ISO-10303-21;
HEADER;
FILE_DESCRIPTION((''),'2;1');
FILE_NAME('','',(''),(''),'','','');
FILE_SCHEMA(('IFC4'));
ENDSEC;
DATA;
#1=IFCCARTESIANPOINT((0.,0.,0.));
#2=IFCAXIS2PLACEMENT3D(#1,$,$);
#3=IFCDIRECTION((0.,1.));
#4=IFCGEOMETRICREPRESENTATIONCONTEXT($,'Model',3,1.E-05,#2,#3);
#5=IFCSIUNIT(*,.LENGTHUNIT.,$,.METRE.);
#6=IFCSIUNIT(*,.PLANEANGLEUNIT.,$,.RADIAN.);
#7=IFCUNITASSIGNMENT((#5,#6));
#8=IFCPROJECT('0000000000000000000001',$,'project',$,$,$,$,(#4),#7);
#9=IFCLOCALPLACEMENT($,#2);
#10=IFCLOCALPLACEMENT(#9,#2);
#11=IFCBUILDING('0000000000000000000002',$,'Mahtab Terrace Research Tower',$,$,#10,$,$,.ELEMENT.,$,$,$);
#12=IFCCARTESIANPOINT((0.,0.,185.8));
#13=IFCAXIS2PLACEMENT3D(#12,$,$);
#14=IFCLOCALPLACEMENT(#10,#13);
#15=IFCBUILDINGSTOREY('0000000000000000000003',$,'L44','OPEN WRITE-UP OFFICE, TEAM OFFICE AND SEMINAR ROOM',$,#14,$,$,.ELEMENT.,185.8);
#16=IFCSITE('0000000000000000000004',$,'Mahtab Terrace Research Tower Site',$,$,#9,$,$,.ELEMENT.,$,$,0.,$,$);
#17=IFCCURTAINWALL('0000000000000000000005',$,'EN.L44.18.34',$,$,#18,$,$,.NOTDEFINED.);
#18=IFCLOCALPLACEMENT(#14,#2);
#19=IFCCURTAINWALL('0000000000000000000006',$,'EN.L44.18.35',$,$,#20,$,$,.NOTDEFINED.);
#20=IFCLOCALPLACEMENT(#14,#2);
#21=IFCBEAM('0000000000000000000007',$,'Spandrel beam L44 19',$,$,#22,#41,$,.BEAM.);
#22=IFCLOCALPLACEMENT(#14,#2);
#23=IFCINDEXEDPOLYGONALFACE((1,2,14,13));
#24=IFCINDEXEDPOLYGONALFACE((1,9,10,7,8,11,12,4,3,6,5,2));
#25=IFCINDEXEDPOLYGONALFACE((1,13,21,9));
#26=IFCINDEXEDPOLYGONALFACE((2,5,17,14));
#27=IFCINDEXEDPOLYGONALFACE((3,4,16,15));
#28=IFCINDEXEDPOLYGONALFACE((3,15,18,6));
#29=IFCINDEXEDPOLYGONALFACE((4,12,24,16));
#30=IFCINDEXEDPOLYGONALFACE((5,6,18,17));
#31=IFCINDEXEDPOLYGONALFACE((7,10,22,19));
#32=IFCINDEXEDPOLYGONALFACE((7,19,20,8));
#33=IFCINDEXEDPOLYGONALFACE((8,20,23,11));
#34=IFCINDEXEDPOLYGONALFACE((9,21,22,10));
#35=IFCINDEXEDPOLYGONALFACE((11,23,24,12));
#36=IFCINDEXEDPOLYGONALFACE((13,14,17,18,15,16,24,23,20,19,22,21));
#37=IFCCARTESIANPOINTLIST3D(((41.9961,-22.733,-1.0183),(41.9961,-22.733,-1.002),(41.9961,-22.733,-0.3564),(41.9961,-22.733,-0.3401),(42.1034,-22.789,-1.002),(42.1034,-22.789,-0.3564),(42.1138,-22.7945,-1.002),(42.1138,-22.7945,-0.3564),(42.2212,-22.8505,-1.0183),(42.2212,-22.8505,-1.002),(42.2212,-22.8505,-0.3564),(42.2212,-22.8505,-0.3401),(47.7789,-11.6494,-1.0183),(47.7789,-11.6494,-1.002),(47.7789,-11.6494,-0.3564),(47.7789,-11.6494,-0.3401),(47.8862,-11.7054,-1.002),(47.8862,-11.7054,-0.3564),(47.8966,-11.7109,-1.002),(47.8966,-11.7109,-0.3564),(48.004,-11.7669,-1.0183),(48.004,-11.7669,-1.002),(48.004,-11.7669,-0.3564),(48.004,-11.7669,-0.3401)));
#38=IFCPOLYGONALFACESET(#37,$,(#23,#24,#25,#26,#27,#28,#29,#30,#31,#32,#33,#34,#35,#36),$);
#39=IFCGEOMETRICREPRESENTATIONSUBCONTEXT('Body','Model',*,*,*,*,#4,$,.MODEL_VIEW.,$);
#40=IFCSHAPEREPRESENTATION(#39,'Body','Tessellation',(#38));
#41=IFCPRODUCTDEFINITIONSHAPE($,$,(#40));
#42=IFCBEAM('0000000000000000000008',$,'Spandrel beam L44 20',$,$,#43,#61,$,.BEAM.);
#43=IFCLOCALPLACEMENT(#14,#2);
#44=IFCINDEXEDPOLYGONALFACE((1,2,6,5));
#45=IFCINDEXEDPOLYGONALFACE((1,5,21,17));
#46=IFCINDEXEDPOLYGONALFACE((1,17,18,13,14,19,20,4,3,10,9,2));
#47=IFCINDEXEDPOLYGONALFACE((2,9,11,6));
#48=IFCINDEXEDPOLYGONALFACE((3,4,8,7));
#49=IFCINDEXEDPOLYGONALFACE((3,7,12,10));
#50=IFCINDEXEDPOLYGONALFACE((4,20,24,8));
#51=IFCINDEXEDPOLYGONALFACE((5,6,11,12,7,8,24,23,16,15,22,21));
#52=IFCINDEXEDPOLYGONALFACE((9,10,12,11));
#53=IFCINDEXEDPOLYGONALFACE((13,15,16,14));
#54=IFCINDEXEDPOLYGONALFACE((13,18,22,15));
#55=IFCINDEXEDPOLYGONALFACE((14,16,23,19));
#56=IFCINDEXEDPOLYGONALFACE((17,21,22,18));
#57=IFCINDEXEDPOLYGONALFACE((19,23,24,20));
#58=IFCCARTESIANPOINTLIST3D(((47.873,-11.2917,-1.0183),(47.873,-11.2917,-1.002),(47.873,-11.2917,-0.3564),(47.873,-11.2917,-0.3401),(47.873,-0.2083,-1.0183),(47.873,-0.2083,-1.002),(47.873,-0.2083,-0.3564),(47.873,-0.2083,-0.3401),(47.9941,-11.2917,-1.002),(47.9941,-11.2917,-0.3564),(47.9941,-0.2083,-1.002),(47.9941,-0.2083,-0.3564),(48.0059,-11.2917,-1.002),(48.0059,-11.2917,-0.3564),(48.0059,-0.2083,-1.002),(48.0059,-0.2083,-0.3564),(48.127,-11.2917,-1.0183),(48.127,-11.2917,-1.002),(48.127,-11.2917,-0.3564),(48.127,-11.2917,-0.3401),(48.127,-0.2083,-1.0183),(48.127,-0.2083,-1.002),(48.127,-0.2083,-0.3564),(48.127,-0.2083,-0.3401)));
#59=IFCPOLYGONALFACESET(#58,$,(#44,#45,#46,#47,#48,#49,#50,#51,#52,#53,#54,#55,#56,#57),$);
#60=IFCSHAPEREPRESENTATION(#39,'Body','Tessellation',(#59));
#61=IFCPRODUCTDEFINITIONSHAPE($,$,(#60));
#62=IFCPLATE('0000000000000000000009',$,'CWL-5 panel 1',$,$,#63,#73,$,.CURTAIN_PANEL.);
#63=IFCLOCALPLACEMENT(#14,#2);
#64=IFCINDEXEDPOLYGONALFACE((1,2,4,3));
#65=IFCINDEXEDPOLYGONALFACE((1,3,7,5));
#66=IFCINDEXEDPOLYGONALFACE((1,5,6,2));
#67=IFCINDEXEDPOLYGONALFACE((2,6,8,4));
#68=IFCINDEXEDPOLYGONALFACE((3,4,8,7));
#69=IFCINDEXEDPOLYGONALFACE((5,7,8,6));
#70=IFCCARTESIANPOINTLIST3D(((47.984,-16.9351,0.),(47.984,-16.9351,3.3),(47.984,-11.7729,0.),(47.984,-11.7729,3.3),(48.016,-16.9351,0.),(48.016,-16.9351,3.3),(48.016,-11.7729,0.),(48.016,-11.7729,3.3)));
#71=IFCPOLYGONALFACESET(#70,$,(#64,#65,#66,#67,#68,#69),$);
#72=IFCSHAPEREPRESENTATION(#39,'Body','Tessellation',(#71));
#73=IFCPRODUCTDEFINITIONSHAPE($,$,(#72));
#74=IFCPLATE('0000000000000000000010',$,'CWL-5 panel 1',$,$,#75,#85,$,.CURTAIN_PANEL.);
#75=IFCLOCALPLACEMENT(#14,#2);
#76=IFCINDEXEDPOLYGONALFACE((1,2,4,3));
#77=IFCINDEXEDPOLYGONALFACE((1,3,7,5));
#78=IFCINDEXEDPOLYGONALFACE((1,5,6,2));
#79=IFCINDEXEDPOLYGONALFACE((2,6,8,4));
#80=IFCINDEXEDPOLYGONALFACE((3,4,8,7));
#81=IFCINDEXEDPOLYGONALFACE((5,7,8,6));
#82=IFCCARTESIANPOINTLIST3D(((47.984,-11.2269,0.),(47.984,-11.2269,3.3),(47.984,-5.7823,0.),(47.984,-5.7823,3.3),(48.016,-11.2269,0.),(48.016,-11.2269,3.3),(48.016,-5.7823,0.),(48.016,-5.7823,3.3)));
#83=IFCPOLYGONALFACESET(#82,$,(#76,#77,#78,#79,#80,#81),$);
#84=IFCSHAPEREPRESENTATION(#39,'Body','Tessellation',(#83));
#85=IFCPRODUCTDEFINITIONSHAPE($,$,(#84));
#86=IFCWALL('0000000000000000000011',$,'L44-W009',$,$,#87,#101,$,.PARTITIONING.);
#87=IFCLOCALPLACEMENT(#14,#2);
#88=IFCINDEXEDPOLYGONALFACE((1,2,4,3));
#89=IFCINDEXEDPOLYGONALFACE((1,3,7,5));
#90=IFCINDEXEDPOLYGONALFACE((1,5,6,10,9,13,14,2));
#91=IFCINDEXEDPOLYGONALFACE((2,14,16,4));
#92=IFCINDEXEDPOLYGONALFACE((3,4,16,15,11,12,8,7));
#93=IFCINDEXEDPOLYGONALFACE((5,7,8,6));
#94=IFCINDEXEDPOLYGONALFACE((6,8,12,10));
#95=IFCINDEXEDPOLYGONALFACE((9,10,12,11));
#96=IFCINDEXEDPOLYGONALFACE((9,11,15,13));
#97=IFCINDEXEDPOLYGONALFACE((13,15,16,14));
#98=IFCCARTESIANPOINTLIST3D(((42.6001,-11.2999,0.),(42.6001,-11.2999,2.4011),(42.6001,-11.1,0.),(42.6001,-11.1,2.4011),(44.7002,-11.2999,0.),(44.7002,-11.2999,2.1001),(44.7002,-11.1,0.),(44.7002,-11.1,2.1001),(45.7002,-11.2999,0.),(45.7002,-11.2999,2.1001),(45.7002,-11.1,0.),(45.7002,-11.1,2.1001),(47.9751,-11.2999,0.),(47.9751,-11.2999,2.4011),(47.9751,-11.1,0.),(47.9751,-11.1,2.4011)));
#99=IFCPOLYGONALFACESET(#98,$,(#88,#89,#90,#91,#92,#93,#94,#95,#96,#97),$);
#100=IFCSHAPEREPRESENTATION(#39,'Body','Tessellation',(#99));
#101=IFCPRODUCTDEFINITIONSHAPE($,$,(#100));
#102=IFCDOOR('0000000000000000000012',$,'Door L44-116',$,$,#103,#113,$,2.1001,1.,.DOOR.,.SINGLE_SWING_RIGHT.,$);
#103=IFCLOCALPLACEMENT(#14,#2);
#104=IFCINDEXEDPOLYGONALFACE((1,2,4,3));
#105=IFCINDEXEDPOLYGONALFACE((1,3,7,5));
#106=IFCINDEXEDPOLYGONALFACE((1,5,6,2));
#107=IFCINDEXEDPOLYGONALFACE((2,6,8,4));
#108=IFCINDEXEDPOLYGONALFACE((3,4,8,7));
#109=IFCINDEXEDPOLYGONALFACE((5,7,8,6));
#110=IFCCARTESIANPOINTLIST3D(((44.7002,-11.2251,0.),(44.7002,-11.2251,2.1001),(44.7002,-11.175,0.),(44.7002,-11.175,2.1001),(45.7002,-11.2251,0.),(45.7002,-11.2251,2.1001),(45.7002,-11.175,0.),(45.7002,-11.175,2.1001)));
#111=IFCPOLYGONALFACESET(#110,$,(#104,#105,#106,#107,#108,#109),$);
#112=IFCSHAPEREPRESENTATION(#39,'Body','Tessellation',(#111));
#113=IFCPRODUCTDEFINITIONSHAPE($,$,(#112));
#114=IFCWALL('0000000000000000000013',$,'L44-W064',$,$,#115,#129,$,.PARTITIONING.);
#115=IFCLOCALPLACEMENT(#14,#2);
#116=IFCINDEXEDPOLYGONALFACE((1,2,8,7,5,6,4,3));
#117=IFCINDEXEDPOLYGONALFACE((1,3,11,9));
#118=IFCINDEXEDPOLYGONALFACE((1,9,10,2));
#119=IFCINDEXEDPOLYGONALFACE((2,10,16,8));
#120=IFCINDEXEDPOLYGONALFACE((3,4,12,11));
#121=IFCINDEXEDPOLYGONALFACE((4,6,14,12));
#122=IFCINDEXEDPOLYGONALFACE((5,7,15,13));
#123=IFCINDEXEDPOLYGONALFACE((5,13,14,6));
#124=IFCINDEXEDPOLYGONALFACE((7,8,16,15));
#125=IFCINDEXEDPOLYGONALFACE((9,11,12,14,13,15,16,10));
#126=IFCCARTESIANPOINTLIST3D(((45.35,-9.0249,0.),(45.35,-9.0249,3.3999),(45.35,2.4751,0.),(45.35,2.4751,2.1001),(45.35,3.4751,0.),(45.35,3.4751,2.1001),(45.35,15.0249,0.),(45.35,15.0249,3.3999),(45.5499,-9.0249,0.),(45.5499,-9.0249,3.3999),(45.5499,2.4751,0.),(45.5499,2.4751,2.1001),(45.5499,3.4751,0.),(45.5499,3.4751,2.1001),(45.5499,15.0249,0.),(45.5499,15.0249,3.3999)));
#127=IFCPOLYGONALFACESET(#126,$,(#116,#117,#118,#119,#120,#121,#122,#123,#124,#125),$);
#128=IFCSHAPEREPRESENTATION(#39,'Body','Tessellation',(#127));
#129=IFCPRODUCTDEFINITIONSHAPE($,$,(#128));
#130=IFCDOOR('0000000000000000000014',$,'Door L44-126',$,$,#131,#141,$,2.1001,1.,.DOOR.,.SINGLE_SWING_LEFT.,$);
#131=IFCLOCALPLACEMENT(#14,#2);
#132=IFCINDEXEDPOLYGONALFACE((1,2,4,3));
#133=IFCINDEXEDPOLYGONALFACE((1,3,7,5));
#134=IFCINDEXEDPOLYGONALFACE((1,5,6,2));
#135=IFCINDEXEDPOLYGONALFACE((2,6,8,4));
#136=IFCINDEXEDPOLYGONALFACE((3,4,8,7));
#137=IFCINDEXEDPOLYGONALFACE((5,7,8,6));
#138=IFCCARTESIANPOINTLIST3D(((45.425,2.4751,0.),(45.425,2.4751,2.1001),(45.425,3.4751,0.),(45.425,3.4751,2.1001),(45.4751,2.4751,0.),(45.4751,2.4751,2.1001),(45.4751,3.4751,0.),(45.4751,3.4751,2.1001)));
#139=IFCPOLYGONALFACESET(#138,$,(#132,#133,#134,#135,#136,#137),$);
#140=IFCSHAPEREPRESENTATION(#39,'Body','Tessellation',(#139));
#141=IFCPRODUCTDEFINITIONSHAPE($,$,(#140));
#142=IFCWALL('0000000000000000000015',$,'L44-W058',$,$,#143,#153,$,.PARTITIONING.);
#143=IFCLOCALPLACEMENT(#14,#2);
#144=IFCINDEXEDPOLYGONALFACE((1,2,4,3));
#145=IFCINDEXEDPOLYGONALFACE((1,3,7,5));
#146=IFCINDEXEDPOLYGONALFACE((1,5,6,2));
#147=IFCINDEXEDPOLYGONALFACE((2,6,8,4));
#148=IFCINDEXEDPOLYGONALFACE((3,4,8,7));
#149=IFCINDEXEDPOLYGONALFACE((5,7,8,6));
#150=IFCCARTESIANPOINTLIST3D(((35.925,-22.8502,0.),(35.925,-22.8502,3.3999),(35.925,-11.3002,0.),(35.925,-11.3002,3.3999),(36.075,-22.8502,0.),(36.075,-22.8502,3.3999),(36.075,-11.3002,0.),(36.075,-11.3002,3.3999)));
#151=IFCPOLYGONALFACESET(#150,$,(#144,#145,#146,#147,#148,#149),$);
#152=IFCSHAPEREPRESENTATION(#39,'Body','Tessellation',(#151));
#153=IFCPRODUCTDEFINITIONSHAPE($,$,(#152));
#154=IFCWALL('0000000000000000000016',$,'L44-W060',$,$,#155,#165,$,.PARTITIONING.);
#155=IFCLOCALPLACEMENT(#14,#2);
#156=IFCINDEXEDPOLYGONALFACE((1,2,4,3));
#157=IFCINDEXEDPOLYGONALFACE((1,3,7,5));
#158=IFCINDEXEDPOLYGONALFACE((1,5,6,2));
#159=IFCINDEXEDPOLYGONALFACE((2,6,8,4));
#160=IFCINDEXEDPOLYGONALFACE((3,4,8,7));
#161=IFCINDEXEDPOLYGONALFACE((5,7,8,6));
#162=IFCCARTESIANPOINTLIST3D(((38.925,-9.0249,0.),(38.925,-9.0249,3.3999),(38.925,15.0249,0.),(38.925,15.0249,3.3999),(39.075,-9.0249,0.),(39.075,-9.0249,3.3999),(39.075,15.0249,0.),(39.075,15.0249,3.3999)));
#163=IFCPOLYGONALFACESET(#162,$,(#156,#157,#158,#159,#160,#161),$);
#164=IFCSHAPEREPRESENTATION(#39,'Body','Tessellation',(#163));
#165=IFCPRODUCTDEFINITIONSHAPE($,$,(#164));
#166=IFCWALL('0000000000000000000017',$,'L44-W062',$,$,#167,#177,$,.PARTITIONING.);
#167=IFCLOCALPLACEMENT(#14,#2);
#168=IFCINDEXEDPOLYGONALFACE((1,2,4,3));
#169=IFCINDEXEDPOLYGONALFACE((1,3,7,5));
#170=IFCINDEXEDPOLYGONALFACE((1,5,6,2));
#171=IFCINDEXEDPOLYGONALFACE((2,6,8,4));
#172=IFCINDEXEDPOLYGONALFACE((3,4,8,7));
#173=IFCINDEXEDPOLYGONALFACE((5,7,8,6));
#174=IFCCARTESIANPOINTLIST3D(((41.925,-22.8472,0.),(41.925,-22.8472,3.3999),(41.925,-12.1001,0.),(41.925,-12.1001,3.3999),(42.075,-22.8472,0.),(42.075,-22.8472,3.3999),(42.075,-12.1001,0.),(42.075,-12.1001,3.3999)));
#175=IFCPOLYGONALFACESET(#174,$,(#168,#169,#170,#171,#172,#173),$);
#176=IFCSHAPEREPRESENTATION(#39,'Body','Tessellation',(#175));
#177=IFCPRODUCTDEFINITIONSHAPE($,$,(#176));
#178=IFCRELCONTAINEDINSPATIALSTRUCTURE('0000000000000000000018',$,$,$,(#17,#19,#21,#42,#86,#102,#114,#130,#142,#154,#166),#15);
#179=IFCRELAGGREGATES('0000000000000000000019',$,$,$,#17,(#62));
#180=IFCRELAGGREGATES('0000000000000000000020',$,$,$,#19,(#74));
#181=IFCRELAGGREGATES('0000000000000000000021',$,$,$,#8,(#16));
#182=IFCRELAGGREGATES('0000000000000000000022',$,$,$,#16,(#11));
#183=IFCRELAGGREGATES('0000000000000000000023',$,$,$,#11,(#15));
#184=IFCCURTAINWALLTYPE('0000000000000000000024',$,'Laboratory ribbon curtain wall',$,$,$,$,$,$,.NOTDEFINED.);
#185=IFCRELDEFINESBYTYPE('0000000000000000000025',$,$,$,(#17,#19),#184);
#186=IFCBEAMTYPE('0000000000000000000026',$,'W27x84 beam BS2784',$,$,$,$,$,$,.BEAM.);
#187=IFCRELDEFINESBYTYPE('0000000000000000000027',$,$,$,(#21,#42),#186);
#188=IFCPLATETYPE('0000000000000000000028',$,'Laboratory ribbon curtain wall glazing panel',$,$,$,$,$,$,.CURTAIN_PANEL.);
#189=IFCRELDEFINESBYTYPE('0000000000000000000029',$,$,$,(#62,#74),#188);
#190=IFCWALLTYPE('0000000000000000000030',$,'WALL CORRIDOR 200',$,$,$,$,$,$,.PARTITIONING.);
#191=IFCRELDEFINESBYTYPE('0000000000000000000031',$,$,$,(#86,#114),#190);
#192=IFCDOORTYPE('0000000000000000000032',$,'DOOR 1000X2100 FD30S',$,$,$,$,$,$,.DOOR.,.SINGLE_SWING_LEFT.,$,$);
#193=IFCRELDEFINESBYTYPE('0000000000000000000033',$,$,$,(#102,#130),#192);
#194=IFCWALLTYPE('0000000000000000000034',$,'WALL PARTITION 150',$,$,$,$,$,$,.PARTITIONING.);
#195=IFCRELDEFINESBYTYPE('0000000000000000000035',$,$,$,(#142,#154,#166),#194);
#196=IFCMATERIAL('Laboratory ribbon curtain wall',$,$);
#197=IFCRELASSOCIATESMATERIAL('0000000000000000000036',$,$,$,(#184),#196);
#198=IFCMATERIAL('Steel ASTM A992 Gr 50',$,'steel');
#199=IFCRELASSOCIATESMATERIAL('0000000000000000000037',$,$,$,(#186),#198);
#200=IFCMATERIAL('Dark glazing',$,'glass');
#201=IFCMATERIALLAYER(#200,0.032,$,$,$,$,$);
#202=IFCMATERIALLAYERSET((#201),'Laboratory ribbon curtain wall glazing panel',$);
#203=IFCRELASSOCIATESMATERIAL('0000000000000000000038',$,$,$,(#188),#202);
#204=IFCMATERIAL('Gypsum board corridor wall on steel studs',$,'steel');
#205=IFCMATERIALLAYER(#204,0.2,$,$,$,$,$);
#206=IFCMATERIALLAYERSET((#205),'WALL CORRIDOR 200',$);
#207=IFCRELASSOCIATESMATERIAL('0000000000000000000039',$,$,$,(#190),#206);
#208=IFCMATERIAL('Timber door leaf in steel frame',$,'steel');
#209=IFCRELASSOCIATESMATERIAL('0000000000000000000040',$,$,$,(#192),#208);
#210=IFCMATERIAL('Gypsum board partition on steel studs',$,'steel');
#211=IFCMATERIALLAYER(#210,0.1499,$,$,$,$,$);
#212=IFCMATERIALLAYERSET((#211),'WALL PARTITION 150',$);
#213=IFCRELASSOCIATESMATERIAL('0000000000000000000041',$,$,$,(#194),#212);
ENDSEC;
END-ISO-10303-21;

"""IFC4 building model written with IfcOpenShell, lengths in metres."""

from ifc_helpers import new_model, si_unit, direction, frame, frame_2d, origin, origin_2d, place, context, subcontext, project, spatial, rectangle, i_section, extrude, material, layer, layer_set, material_profile, profile_set, type_object, element, fill, aggregate, save


model = new_model("IFC4")

# Units and contexts
model_context = context("Model", 3, precision=1e-05, world=origin(), true_north=direction((0.0, 1.0)))
body_context = subcontext(model_context, "Body", "Model", "MODEL_VIEW")
ifc_project = project(units=[si_unit("LENGTHUNIT", "METRE"), si_unit("PLANEANGLEUNIT", "RADIAN")], contexts=[model_context])

# Site, building, storey
site_placement = place(None, origin())
site = spatial("IfcSite", under=ifc_project, at=site_placement, Name="Mahtab Terrace Research Tower Site", CompositionType="ELEMENT", RefElevation=0.0)
building_placement = place(site_placement, origin())
building = spatial("IfcBuilding", under=site, at=building_placement, Name="Mahtab Terrace Research Tower", CompositionType="ELEMENT")
storey_placement = place(building_placement, frame((0.0, 0.0, 185.8)))
storey = spatial("IfcBuildingStorey", under=building, at=storey_placement, Name="L44", Description="OPEN WRITE-UP OFFICE, TEAM OFFICE AND SEMINAR ROOM", CompositionType="ELEMENT", Elevation=185.8)

# Shared definitions
ifc_material_1 = material(Name="Steel ASTM A992 Gr 50", Category="steel")

# Curtain walls
ifc_material_2 = material(Name="Laboratory ribbon curtain wall")
curtain_wall_type = type_object("IfcCurtainWallType", Name="Laboratory ribbon curtain wall", PredefinedType="NOTDEFINED", material=ifc_material_2)
curtain_wall_1_placement = place(storey_placement, origin())
curtain_wall_1 = element("IfcCurtainWall", 1, at=curtain_wall_1_placement, inside=storey, type_object=curtain_wall_type, Name="EN.L44.18.34", PredefinedType="NOTDEFINED")
curtain_wall_2_placement = place(storey_placement, origin())
curtain_wall_2 = element("IfcCurtainWall", 2, at=curtain_wall_2_placement, inside=storey, type_object=curtain_wall_type, Name="EN.L44.18.35", PredefinedType="NOTDEFINED")

# Beams
ifc_material_profile_1 = material_profile(ifc_material_1, i_section(OverallWidth=0.2539, OverallDepth=0.6782, WebThickness=0.0117, FlangeThickness=0.0164, at=origin_2d()), Name="W27X84")
ifc_profile_set_1 = profile_set([ifc_material_profile_1], Name="Steel ASTM A992 Gr 50")
beam_type = type_object("IfcBeamType", Name="W27x84 beam BS2784", PredefinedType="BEAM", material=ifc_profile_set_1)
beam_1_placement = place(storey_placement, frame((42.1086, -22.7917, -0.6792), z_axis=(0.462567, 0.886584, 0.0), x_axis=(-0.886584, 0.462567, 0.0)))
element("IfcBeam", 3, at=beam_1_placement, inside=storey, type_object=beam_type, Name="Spandrel beam L44 19", PredefinedType="BEAM", context=body_context, shape_type="SweptSolid", body=[
    extrude(i_section(OverallWidth=0.2539, OverallDepth=0.6782, WebThickness=0.0117, FlangeThickness=0.0164, at=origin_2d()), origin(), (0.0, 0.0, 1.0), 12.5015),
])
beam_2_placement = place(storey_placement, frame((48.0, -11.2917, -0.6792), z_axis=(0.0, 1.0, 0.0), x_axis=(-1.0, 0.0, 0.0)))
element("IfcBeam", 4, at=beam_2_placement, inside=storey, type_object=beam_type, Name="Spandrel beam L44 20", PredefinedType="BEAM", context=body_context, shape_type="SweptSolid", body=[
    extrude(i_section(OverallWidth=0.2539, OverallDepth=0.6782, WebThickness=0.0117, FlangeThickness=0.0164, at=origin_2d()), origin(), (0.0, 0.0, 1.0), 11.0835),
])

# Plates
ifc_material_3 = material(Name="Dark glazing", Category="glass")
ifc_layer_1 = layer(ifc_material_3, 0.032)
ifc_layer_set_1 = layer_set([ifc_layer_1], Name="Laboratory ribbon curtain wall glazing panel")
plate_type = type_object("IfcPlateType", Name="Laboratory ribbon curtain wall glazing panel", PredefinedType="CURTAIN_PANEL", material=ifc_layer_set_1)
plate_1_placement = place(storey_placement, frame((48.0, -14.354, 0.0), z_axis=(0.0, 0.0, 1.0), x_axis=(0.0, 1.0, 0.0)))
plate_1 = element("IfcPlate", 5, at=plate_1_placement, type_object=plate_type, Name="CWL-5 panel 1", PredefinedType="CURTAIN_PANEL", context=body_context, shape_type="SweptSolid", body=[
    extrude(rectangle(XDim=5.1621, YDim=0.032, at=origin_2d()), origin(), (0.0, 0.0, 1.0), 3.3),
])
aggregate(curtain_wall_1, [plate_1])
plate_2_placement = place(storey_placement, frame((48.0, -8.5046, 0.0), z_axis=(0.0, 0.0, 1.0), x_axis=(0.0, 1.0, 0.0)))
plate_2 = element("IfcPlate", 6, at=plate_2_placement, type_object=plate_type, Name="CWL-5 panel 1", PredefinedType="CURTAIN_PANEL", context=body_context, shape_type="SweptSolid", body=[
    extrude(rectangle(XDim=5.4446, YDim=0.032, at=origin_2d()), origin(), (0.0, 0.0, 1.0), 3.3),
])
aggregate(curtain_wall_2, [plate_2])

# Walls, openings, doors
ifc_material_4 = material(Name="Gypsum board corridor wall on steel studs", Category="steel")
ifc_layer_2 = layer(ifc_material_4, 0.2)
ifc_layer_set_2 = layer_set([ifc_layer_2], Name="WALL CORRIDOR 200")
wall_type_1 = type_object("IfcWallType", Name="WALL CORRIDOR 200", PredefinedType="PARTITIONING", material=ifc_layer_set_2)
wall_1_placement = place(storey_placement, frame((42.6001, -11.2, 0.0), z_axis=(0.0, 0.0, 1.0), x_axis=(1.0, 0.0, 0.0)))
wall_1 = element("IfcWall", 7, at=wall_1_placement, inside=storey, type_object=wall_type_1, Name="L44-W009", PredefinedType="PARTITIONING", context=body_context, shape_type="SweptSolid", body=[
    extrude(rectangle(XDim=5.375, YDim=0.2, at=frame_2d((2.6875, 0.0))), origin(), (0.0, 0.0, 1.0), 2.4011),
])
opening_1_placement = place(wall_1_placement, frame((2.1001, 0.0, 0.0)))
opening_1 = element("IfcOpeningElement", 8, at=opening_1_placement, cuts=wall_1, PredefinedType="OPENING", context=body_context, shape_type="SweptSolid", body=[
    extrude(rectangle(XDim=1.0, YDim=2.1001, at=frame_2d((0.5, 1.05))), frame((0.0, 0.1099, 0.0), z_axis=(0.0, -1.0, 0.0), x_axis=(1.0, 0.0, 0.0)), (0.0, 0.0, 1.0), 0.22),
])
ifc_material_5 = material(Name="Timber door leaf in steel frame", Category="steel")
door_type = type_object("IfcDoorType", Name="DOOR 1000X2100 FD30S", OperationType="SINGLE_SWING_LEFT", PredefinedType="DOOR", material=ifc_material_5)
door_1_placement = place(opening_1_placement, origin())
door_1 = element("IfcDoor", 9, at=door_1_placement, inside=storey, type_object=door_type, Name="Door L44-116", OperationType="SINGLE_SWING_RIGHT", OverallHeight=2.1001, OverallWidth=1.0, PredefinedType="DOOR", context=body_context, shape_type="SweptSolid", body=[
    extrude(rectangle(XDim=1.0, YDim=2.1001, at=frame_2d((0.5, 1.05))), frame((0.0, 0.0249, 0.0), z_axis=(0.0, -1.0, 0.0), x_axis=(1.0, 0.0, 0.0)), (0.0, 0.0, 1.0), 0.05),
])
fill(opening_1, door_1)
wall_2_placement = place(storey_placement, frame((45.45, -9.0249, 0.0), z_axis=(0.0, 0.0, 1.0), x_axis=(0.0, 1.0, 0.0)))
wall_2 = element("IfcWall", 10, at=wall_2_placement, inside=storey, type_object=wall_type_1, Name="L44-W064", PredefinedType="PARTITIONING", context=body_context, shape_type="SweptSolid", body=[
    extrude(rectangle(XDim=24.0498, YDim=0.2, at=frame_2d((12.0249, 0.0))), origin(), (0.0, 0.0, 1.0), 3.3999),
])
opening_2_placement = place(wall_2_placement, frame((11.5, 0.0, 0.0)))
opening_2 = element("IfcOpeningElement", 11, at=opening_2_placement, cuts=wall_2, PredefinedType="OPENING", context=body_context, shape_type="SweptSolid", body=[
    extrude(rectangle(XDim=1.0, YDim=2.1001, at=frame_2d((0.5, 1.05))), frame((0.0, 0.1099, 0.0), z_axis=(0.0, -1.0, 0.0), x_axis=(1.0, 0.0, 0.0)), (0.0, 0.0, 1.0), 0.22),
])
door_2_placement = place(opening_2_placement, origin())
door_2 = element("IfcDoor", 12, at=door_2_placement, inside=storey, type_object=door_type, Name="Door L44-126", OperationType="SINGLE_SWING_LEFT", OverallHeight=2.1001, OverallWidth=1.0, PredefinedType="DOOR", context=body_context, shape_type="SweptSolid", body=[
    extrude(rectangle(XDim=1.0, YDim=2.1001, at=frame_2d((0.5, 1.05))), frame((0.0, 0.0249, 0.0), z_axis=(0.0, -1.0, 0.0), x_axis=(1.0, 0.0, 0.0)), (0.0, 0.0, 1.0), 0.05),
])
fill(opening_2, door_2)

# Walls
ifc_material_6 = material(Name="Gypsum board partition on steel studs", Category="steel")
ifc_layer_3 = layer(ifc_material_6, 0.1499)
ifc_layer_set_3 = layer_set([ifc_layer_3], Name="WALL PARTITION 150")
wall_type_2 = type_object("IfcWallType", Name="WALL PARTITION 150", PredefinedType="PARTITIONING", material=ifc_layer_set_3)
wall_3_placement = place(storey_placement, frame((36.0, -22.8501, 0.0), z_axis=(0.0, 0.0, 1.0), x_axis=(0.0, 1.0, 0.0)))
element("IfcWall", 13, at=wall_3_placement, inside=storey, type_object=wall_type_2, Name="L44-W058", PredefinedType="PARTITIONING", context=body_context, shape_type="SweptSolid", body=[
    extrude(rectangle(XDim=11.55, YDim=0.1499, at=frame_2d((5.7749, 0.0))), origin(), (0.0, 0.0, 1.0), 3.3999),
])
wall_4_placement = place(storey_placement, frame((39.0, -9.0249, 0.0), z_axis=(0.0, 0.0, 1.0), x_axis=(0.0, 1.0, 0.0)))
element("IfcWall", 14, at=wall_4_placement, inside=storey, type_object=wall_type_2, Name="L44-W060", PredefinedType="PARTITIONING", context=body_context, shape_type="SweptSolid", body=[
    extrude(rectangle(XDim=24.0498, YDim=0.1499, at=frame_2d((12.0249, 0.0))), origin(), (0.0, 0.0, 1.0), 3.3999),
])
wall_5_placement = place(storey_placement, frame((42.0, -22.8472, 0.0), z_axis=(0.0, 0.0, 1.0), x_axis=(0.0, 1.0, 0.0)))
element("IfcWall", 15, at=wall_5_placement, inside=storey, type_object=wall_type_2, Name="L44-W062", PredefinedType="PARTITIONING", context=body_context, shape_type="SweptSolid", body=[
    extrude(rectangle(XDim=10.7471, YDim=0.1499, at=frame_2d((5.3735, 0.0))), origin(), (0.0, 0.0, 1.0), 3.3999),
])

save(model, "model.ifc")
